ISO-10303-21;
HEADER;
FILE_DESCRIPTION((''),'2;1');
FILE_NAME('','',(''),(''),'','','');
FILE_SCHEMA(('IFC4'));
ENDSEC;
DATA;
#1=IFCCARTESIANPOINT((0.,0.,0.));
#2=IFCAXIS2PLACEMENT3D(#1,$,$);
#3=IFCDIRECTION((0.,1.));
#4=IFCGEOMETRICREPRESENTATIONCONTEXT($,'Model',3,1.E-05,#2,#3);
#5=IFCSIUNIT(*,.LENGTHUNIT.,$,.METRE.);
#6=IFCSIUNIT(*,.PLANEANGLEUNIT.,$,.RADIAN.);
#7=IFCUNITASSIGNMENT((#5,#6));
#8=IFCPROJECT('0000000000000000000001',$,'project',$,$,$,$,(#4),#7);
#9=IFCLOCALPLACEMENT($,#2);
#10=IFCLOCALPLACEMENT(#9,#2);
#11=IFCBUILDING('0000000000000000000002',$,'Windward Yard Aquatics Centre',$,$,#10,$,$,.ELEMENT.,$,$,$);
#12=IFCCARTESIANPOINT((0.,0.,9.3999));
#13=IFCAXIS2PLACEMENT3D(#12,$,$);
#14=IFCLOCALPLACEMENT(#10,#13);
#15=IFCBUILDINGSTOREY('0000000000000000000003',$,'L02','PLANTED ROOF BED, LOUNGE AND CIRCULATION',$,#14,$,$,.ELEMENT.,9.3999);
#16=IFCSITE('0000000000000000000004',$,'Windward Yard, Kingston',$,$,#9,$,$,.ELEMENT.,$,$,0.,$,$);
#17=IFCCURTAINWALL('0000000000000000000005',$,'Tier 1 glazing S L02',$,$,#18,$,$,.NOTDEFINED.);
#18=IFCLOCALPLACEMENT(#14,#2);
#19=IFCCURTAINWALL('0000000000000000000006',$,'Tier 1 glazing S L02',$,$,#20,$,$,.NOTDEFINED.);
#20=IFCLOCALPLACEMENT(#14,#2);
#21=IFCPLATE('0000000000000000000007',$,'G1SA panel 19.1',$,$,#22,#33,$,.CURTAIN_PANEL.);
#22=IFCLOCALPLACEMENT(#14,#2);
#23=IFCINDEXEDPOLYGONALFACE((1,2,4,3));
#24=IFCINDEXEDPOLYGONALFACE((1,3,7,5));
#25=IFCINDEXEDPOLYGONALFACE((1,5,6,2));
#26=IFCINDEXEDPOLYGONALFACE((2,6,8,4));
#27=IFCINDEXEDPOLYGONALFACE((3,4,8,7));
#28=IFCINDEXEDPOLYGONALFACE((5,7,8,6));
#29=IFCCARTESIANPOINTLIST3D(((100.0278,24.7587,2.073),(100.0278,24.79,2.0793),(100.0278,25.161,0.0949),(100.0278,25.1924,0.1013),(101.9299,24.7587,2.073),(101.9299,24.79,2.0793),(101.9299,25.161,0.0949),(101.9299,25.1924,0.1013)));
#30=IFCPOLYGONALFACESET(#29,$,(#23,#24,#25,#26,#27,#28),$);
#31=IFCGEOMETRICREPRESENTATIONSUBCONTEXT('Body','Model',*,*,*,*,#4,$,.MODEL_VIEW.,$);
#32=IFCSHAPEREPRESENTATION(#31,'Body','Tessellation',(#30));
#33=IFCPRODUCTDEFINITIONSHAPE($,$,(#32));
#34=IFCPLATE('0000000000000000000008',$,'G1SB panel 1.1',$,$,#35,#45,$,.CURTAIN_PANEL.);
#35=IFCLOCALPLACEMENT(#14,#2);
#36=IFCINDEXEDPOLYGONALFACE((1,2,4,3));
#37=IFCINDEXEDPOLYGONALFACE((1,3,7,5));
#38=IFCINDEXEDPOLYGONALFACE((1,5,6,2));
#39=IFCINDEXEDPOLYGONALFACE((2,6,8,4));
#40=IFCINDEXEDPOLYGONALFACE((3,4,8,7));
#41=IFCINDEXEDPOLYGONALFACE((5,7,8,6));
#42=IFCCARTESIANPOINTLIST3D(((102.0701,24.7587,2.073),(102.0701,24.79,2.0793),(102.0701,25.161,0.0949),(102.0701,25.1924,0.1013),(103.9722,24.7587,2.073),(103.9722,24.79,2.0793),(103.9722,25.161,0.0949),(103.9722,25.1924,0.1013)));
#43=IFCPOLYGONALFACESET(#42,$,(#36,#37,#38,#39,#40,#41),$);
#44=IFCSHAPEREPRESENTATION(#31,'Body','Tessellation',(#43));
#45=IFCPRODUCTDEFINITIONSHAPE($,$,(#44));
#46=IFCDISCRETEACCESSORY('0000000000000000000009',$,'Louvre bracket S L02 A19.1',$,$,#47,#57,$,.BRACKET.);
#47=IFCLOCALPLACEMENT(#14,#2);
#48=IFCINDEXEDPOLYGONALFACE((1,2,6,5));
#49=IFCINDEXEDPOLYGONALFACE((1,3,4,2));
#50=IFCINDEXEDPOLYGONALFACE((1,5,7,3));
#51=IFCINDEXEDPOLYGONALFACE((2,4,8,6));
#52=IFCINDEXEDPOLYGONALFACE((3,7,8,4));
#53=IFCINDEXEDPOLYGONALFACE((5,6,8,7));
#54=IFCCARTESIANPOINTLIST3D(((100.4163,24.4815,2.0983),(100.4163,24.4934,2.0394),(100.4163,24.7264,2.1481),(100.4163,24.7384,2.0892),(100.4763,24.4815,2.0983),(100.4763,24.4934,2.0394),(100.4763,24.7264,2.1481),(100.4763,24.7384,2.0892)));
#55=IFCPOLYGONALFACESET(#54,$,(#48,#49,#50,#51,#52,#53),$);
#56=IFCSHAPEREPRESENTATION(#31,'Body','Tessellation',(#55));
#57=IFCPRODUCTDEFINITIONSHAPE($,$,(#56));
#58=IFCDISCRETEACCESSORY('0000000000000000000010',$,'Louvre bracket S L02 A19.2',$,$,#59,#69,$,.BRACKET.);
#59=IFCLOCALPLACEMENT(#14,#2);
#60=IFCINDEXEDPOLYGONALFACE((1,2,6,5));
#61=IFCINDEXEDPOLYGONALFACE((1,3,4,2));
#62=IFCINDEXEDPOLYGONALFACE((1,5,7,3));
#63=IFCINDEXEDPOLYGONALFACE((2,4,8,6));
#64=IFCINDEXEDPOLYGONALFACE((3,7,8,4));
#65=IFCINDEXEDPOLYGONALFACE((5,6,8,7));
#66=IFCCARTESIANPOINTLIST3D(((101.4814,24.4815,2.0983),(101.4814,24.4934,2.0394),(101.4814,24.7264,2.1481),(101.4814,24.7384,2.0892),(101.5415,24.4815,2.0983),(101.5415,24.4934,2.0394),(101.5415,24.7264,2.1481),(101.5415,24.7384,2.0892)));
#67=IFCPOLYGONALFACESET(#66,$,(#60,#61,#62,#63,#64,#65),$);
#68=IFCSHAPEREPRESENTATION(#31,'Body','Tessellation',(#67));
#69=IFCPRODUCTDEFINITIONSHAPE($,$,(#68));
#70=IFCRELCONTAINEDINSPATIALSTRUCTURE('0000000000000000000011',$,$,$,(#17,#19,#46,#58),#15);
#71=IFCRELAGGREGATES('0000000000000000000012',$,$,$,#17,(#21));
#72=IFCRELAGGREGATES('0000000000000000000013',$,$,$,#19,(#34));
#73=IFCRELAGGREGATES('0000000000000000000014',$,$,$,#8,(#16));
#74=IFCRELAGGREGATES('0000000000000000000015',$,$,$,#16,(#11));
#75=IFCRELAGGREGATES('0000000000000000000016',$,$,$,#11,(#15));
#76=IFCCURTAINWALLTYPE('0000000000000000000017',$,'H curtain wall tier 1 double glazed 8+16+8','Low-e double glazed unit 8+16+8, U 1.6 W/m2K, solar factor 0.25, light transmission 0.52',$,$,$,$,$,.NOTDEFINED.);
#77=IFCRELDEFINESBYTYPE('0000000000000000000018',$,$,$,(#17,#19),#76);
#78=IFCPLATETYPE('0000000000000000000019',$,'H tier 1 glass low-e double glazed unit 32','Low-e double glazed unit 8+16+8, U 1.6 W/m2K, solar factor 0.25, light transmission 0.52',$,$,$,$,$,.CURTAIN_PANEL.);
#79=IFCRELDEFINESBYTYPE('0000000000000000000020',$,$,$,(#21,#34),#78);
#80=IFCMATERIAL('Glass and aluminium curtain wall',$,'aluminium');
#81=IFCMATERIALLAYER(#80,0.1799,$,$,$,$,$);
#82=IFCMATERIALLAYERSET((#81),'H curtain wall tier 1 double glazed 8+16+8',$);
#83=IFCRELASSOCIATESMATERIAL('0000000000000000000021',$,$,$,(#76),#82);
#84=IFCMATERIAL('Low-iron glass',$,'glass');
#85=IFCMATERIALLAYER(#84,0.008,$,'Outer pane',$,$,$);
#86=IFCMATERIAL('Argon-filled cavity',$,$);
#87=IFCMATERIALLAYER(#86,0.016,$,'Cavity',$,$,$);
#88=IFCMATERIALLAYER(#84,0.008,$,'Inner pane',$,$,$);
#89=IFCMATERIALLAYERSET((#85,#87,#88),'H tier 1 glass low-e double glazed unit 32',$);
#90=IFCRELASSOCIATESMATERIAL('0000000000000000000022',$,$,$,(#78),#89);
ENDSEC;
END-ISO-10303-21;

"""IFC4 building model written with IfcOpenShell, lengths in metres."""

from ifc_helpers import new_model, si_unit, direction, frame, origin, origin_2d, place, context, subcontext, project, spatial, polyline, rectangle, outline, extrude, material, layer, layer_set, type_object, element, aggregate, save


model = new_model("IFC4")

# Units and contexts
model_context = context("Model", 3, precision=1e-05, world=origin(), true_north=direction((0.0, 1.0)))
body_context = subcontext(model_context, "Body", "Model", "MODEL_VIEW")
ifc_project = project(units=[si_unit("LENGTHUNIT", "METRE"), si_unit("PLANEANGLEUNIT", "RADIAN")], contexts=[model_context])

# Site, building, storey
site_placement = place(None, origin())
site = spatial("IfcSite", under=ifc_project, at=site_placement, Name="Windward Yard, Kingston", CompositionType="ELEMENT", RefElevation=0.0)
building_placement = place(site_placement, origin())
building = spatial("IfcBuilding", under=site, at=building_placement, Name="Windward Yard Aquatics Centre", CompositionType="ELEMENT")
storey_placement = place(building_placement, frame((0.0, 0.0, 9.3999)))
storey = spatial("IfcBuildingStorey", under=building, at=storey_placement, Name="L02", Description="PLANTED ROOF BED, LOUNGE AND CIRCULATION", CompositionType="ELEMENT", Elevation=9.3999)

# Curtain wall
ifc_material_1 = material(Name="Glass and aluminium curtain wall", Category="aluminium")
ifc_layer_1 = layer(ifc_material_1, 0.1799)
ifc_layer_set_1 = layer_set([ifc_layer_1], Name="H curtain wall tier 1 double glazed 8+16+8")
curtain_wall_type = type_object("IfcCurtainWallType", Name="H curtain wall tier 1 double glazed 8+16+8", Description="Low-e double glazed unit 8+16+8, U 1.6 W/m2K, solar factor 0.25, light transmission 0.52", PredefinedType="NOTDEFINED", material=ifc_layer_set_1)
curtain_wall_1_placement = place(storey_placement, origin())
curtain_wall_1 = element("IfcCurtainWall", 1, at=curtain_wall_1_placement, inside=storey, type_object=curtain_wall_type, Name="Tier 1 glazing S L02", PredefinedType="NOTDEFINED")

# Curtain wall
curtain_wall_2_placement = place(storey_placement, origin())
curtain_wall_2 = element("IfcCurtainWall", 2, at=curtain_wall_2_placement, inside=storey, type_object=curtain_wall_type, Name="Tier 1 glazing S L02", PredefinedType="NOTDEFINED")

# Plates
ifc_material_2 = material(Name="Low-iron glass", Category="glass")
ifc_layer_2 = layer(ifc_material_2, 0.008, Name="Outer pane")
ifc_material_3 = material(Name="Argon-filled cavity")
ifc_layer_3 = layer(ifc_material_3, 0.016, Name="Cavity")
ifc_layer_4 = layer(ifc_material_2, 0.008, Name="Inner pane")
ifc_layer_set_2 = layer_set([ifc_layer_2, ifc_layer_3, ifc_layer_4], Name="H tier 1 glass low-e double glazed unit 32")
plate_type = type_object("IfcPlateType", Name="H tier 1 glass low-e double glazed unit 32", Description="Low-e double glazed unit 8+16+8, U 1.6 W/m2K, solar factor 0.25, light transmission 0.52", PredefinedType="CURTAIN_PANEL", material=ifc_layer_set_2)
plate_1_placement = place(storey_placement, frame((100.0278, 24.79, 2.0793), z_axis=(0.0, 0.979933, 0.199325), x_axis=(0.0, 0.199325, -0.979933)))
plate_1 = element("IfcPlate", 3, at=plate_1_placement, type_object=plate_type, Name="G1SA panel 19.1", PredefinedType="CURTAIN_PANEL", context=body_context, shape_type="SweptSolid", body=[
    extrude(outline(polyline([(0.0, 0.0), (2.0185, 0.0), (2.0185, -1.9021), (0.0, -1.9021), (0.0, 0.0)])), origin(), (0.0, 0.0, -1.0), 0.032),
])
aggregate(curtain_wall_1, [plate_1])
plate_2_placement = place(storey_placement, frame((102.0701, 24.79, 2.0793), z_axis=(0.0, 0.979933, 0.199325), x_axis=(0.0, 0.199325, -0.979933)))
plate_2 = element("IfcPlate", 4, at=plate_2_placement, type_object=plate_type, Name="G1SB panel 1.1", PredefinedType="CURTAIN_PANEL", context=body_context, shape_type="SweptSolid", body=[
    extrude(outline(polyline([(0.0, 0.0), (2.0185, 0.0), (2.0185, -1.9021), (0.0, -1.9021), (0.0, 0.0)])), origin(), (0.0, 0.0, -1.0), 0.032),
])
aggregate(curtain_wall_2, [plate_2])

# Discrete accessories
for number, where, z_axis, x_axis, name in (
    (5, (100.4463, 24.7324, 2.1187), (0.0, -0.979937, -0.199309), (1.0, 0.0, 0.0), "Louvre bracket S L02 A19.1"),
    (6, (101.5115, 24.7324, 2.1187), (0.0, -0.979937, -0.199309), (1.0, 0.0, 0.0), "Louvre bracket S L02 A19.2"),
):
    element("IfcDiscreteAccessory", number, at=place(storey_placement, frame(where, z_axis=z_axis, x_axis=x_axis)), inside=storey, Name=name, PredefinedType="BRACKET", context=body_context, shape_type="SweptSolid", body=[
        extrude(rectangle(XDim=0.0601, YDim=0.0601, at=origin_2d()), origin(), (0.0, 0.0, 1.0), 0.25),
    ])

save(model, "model.ifc")
